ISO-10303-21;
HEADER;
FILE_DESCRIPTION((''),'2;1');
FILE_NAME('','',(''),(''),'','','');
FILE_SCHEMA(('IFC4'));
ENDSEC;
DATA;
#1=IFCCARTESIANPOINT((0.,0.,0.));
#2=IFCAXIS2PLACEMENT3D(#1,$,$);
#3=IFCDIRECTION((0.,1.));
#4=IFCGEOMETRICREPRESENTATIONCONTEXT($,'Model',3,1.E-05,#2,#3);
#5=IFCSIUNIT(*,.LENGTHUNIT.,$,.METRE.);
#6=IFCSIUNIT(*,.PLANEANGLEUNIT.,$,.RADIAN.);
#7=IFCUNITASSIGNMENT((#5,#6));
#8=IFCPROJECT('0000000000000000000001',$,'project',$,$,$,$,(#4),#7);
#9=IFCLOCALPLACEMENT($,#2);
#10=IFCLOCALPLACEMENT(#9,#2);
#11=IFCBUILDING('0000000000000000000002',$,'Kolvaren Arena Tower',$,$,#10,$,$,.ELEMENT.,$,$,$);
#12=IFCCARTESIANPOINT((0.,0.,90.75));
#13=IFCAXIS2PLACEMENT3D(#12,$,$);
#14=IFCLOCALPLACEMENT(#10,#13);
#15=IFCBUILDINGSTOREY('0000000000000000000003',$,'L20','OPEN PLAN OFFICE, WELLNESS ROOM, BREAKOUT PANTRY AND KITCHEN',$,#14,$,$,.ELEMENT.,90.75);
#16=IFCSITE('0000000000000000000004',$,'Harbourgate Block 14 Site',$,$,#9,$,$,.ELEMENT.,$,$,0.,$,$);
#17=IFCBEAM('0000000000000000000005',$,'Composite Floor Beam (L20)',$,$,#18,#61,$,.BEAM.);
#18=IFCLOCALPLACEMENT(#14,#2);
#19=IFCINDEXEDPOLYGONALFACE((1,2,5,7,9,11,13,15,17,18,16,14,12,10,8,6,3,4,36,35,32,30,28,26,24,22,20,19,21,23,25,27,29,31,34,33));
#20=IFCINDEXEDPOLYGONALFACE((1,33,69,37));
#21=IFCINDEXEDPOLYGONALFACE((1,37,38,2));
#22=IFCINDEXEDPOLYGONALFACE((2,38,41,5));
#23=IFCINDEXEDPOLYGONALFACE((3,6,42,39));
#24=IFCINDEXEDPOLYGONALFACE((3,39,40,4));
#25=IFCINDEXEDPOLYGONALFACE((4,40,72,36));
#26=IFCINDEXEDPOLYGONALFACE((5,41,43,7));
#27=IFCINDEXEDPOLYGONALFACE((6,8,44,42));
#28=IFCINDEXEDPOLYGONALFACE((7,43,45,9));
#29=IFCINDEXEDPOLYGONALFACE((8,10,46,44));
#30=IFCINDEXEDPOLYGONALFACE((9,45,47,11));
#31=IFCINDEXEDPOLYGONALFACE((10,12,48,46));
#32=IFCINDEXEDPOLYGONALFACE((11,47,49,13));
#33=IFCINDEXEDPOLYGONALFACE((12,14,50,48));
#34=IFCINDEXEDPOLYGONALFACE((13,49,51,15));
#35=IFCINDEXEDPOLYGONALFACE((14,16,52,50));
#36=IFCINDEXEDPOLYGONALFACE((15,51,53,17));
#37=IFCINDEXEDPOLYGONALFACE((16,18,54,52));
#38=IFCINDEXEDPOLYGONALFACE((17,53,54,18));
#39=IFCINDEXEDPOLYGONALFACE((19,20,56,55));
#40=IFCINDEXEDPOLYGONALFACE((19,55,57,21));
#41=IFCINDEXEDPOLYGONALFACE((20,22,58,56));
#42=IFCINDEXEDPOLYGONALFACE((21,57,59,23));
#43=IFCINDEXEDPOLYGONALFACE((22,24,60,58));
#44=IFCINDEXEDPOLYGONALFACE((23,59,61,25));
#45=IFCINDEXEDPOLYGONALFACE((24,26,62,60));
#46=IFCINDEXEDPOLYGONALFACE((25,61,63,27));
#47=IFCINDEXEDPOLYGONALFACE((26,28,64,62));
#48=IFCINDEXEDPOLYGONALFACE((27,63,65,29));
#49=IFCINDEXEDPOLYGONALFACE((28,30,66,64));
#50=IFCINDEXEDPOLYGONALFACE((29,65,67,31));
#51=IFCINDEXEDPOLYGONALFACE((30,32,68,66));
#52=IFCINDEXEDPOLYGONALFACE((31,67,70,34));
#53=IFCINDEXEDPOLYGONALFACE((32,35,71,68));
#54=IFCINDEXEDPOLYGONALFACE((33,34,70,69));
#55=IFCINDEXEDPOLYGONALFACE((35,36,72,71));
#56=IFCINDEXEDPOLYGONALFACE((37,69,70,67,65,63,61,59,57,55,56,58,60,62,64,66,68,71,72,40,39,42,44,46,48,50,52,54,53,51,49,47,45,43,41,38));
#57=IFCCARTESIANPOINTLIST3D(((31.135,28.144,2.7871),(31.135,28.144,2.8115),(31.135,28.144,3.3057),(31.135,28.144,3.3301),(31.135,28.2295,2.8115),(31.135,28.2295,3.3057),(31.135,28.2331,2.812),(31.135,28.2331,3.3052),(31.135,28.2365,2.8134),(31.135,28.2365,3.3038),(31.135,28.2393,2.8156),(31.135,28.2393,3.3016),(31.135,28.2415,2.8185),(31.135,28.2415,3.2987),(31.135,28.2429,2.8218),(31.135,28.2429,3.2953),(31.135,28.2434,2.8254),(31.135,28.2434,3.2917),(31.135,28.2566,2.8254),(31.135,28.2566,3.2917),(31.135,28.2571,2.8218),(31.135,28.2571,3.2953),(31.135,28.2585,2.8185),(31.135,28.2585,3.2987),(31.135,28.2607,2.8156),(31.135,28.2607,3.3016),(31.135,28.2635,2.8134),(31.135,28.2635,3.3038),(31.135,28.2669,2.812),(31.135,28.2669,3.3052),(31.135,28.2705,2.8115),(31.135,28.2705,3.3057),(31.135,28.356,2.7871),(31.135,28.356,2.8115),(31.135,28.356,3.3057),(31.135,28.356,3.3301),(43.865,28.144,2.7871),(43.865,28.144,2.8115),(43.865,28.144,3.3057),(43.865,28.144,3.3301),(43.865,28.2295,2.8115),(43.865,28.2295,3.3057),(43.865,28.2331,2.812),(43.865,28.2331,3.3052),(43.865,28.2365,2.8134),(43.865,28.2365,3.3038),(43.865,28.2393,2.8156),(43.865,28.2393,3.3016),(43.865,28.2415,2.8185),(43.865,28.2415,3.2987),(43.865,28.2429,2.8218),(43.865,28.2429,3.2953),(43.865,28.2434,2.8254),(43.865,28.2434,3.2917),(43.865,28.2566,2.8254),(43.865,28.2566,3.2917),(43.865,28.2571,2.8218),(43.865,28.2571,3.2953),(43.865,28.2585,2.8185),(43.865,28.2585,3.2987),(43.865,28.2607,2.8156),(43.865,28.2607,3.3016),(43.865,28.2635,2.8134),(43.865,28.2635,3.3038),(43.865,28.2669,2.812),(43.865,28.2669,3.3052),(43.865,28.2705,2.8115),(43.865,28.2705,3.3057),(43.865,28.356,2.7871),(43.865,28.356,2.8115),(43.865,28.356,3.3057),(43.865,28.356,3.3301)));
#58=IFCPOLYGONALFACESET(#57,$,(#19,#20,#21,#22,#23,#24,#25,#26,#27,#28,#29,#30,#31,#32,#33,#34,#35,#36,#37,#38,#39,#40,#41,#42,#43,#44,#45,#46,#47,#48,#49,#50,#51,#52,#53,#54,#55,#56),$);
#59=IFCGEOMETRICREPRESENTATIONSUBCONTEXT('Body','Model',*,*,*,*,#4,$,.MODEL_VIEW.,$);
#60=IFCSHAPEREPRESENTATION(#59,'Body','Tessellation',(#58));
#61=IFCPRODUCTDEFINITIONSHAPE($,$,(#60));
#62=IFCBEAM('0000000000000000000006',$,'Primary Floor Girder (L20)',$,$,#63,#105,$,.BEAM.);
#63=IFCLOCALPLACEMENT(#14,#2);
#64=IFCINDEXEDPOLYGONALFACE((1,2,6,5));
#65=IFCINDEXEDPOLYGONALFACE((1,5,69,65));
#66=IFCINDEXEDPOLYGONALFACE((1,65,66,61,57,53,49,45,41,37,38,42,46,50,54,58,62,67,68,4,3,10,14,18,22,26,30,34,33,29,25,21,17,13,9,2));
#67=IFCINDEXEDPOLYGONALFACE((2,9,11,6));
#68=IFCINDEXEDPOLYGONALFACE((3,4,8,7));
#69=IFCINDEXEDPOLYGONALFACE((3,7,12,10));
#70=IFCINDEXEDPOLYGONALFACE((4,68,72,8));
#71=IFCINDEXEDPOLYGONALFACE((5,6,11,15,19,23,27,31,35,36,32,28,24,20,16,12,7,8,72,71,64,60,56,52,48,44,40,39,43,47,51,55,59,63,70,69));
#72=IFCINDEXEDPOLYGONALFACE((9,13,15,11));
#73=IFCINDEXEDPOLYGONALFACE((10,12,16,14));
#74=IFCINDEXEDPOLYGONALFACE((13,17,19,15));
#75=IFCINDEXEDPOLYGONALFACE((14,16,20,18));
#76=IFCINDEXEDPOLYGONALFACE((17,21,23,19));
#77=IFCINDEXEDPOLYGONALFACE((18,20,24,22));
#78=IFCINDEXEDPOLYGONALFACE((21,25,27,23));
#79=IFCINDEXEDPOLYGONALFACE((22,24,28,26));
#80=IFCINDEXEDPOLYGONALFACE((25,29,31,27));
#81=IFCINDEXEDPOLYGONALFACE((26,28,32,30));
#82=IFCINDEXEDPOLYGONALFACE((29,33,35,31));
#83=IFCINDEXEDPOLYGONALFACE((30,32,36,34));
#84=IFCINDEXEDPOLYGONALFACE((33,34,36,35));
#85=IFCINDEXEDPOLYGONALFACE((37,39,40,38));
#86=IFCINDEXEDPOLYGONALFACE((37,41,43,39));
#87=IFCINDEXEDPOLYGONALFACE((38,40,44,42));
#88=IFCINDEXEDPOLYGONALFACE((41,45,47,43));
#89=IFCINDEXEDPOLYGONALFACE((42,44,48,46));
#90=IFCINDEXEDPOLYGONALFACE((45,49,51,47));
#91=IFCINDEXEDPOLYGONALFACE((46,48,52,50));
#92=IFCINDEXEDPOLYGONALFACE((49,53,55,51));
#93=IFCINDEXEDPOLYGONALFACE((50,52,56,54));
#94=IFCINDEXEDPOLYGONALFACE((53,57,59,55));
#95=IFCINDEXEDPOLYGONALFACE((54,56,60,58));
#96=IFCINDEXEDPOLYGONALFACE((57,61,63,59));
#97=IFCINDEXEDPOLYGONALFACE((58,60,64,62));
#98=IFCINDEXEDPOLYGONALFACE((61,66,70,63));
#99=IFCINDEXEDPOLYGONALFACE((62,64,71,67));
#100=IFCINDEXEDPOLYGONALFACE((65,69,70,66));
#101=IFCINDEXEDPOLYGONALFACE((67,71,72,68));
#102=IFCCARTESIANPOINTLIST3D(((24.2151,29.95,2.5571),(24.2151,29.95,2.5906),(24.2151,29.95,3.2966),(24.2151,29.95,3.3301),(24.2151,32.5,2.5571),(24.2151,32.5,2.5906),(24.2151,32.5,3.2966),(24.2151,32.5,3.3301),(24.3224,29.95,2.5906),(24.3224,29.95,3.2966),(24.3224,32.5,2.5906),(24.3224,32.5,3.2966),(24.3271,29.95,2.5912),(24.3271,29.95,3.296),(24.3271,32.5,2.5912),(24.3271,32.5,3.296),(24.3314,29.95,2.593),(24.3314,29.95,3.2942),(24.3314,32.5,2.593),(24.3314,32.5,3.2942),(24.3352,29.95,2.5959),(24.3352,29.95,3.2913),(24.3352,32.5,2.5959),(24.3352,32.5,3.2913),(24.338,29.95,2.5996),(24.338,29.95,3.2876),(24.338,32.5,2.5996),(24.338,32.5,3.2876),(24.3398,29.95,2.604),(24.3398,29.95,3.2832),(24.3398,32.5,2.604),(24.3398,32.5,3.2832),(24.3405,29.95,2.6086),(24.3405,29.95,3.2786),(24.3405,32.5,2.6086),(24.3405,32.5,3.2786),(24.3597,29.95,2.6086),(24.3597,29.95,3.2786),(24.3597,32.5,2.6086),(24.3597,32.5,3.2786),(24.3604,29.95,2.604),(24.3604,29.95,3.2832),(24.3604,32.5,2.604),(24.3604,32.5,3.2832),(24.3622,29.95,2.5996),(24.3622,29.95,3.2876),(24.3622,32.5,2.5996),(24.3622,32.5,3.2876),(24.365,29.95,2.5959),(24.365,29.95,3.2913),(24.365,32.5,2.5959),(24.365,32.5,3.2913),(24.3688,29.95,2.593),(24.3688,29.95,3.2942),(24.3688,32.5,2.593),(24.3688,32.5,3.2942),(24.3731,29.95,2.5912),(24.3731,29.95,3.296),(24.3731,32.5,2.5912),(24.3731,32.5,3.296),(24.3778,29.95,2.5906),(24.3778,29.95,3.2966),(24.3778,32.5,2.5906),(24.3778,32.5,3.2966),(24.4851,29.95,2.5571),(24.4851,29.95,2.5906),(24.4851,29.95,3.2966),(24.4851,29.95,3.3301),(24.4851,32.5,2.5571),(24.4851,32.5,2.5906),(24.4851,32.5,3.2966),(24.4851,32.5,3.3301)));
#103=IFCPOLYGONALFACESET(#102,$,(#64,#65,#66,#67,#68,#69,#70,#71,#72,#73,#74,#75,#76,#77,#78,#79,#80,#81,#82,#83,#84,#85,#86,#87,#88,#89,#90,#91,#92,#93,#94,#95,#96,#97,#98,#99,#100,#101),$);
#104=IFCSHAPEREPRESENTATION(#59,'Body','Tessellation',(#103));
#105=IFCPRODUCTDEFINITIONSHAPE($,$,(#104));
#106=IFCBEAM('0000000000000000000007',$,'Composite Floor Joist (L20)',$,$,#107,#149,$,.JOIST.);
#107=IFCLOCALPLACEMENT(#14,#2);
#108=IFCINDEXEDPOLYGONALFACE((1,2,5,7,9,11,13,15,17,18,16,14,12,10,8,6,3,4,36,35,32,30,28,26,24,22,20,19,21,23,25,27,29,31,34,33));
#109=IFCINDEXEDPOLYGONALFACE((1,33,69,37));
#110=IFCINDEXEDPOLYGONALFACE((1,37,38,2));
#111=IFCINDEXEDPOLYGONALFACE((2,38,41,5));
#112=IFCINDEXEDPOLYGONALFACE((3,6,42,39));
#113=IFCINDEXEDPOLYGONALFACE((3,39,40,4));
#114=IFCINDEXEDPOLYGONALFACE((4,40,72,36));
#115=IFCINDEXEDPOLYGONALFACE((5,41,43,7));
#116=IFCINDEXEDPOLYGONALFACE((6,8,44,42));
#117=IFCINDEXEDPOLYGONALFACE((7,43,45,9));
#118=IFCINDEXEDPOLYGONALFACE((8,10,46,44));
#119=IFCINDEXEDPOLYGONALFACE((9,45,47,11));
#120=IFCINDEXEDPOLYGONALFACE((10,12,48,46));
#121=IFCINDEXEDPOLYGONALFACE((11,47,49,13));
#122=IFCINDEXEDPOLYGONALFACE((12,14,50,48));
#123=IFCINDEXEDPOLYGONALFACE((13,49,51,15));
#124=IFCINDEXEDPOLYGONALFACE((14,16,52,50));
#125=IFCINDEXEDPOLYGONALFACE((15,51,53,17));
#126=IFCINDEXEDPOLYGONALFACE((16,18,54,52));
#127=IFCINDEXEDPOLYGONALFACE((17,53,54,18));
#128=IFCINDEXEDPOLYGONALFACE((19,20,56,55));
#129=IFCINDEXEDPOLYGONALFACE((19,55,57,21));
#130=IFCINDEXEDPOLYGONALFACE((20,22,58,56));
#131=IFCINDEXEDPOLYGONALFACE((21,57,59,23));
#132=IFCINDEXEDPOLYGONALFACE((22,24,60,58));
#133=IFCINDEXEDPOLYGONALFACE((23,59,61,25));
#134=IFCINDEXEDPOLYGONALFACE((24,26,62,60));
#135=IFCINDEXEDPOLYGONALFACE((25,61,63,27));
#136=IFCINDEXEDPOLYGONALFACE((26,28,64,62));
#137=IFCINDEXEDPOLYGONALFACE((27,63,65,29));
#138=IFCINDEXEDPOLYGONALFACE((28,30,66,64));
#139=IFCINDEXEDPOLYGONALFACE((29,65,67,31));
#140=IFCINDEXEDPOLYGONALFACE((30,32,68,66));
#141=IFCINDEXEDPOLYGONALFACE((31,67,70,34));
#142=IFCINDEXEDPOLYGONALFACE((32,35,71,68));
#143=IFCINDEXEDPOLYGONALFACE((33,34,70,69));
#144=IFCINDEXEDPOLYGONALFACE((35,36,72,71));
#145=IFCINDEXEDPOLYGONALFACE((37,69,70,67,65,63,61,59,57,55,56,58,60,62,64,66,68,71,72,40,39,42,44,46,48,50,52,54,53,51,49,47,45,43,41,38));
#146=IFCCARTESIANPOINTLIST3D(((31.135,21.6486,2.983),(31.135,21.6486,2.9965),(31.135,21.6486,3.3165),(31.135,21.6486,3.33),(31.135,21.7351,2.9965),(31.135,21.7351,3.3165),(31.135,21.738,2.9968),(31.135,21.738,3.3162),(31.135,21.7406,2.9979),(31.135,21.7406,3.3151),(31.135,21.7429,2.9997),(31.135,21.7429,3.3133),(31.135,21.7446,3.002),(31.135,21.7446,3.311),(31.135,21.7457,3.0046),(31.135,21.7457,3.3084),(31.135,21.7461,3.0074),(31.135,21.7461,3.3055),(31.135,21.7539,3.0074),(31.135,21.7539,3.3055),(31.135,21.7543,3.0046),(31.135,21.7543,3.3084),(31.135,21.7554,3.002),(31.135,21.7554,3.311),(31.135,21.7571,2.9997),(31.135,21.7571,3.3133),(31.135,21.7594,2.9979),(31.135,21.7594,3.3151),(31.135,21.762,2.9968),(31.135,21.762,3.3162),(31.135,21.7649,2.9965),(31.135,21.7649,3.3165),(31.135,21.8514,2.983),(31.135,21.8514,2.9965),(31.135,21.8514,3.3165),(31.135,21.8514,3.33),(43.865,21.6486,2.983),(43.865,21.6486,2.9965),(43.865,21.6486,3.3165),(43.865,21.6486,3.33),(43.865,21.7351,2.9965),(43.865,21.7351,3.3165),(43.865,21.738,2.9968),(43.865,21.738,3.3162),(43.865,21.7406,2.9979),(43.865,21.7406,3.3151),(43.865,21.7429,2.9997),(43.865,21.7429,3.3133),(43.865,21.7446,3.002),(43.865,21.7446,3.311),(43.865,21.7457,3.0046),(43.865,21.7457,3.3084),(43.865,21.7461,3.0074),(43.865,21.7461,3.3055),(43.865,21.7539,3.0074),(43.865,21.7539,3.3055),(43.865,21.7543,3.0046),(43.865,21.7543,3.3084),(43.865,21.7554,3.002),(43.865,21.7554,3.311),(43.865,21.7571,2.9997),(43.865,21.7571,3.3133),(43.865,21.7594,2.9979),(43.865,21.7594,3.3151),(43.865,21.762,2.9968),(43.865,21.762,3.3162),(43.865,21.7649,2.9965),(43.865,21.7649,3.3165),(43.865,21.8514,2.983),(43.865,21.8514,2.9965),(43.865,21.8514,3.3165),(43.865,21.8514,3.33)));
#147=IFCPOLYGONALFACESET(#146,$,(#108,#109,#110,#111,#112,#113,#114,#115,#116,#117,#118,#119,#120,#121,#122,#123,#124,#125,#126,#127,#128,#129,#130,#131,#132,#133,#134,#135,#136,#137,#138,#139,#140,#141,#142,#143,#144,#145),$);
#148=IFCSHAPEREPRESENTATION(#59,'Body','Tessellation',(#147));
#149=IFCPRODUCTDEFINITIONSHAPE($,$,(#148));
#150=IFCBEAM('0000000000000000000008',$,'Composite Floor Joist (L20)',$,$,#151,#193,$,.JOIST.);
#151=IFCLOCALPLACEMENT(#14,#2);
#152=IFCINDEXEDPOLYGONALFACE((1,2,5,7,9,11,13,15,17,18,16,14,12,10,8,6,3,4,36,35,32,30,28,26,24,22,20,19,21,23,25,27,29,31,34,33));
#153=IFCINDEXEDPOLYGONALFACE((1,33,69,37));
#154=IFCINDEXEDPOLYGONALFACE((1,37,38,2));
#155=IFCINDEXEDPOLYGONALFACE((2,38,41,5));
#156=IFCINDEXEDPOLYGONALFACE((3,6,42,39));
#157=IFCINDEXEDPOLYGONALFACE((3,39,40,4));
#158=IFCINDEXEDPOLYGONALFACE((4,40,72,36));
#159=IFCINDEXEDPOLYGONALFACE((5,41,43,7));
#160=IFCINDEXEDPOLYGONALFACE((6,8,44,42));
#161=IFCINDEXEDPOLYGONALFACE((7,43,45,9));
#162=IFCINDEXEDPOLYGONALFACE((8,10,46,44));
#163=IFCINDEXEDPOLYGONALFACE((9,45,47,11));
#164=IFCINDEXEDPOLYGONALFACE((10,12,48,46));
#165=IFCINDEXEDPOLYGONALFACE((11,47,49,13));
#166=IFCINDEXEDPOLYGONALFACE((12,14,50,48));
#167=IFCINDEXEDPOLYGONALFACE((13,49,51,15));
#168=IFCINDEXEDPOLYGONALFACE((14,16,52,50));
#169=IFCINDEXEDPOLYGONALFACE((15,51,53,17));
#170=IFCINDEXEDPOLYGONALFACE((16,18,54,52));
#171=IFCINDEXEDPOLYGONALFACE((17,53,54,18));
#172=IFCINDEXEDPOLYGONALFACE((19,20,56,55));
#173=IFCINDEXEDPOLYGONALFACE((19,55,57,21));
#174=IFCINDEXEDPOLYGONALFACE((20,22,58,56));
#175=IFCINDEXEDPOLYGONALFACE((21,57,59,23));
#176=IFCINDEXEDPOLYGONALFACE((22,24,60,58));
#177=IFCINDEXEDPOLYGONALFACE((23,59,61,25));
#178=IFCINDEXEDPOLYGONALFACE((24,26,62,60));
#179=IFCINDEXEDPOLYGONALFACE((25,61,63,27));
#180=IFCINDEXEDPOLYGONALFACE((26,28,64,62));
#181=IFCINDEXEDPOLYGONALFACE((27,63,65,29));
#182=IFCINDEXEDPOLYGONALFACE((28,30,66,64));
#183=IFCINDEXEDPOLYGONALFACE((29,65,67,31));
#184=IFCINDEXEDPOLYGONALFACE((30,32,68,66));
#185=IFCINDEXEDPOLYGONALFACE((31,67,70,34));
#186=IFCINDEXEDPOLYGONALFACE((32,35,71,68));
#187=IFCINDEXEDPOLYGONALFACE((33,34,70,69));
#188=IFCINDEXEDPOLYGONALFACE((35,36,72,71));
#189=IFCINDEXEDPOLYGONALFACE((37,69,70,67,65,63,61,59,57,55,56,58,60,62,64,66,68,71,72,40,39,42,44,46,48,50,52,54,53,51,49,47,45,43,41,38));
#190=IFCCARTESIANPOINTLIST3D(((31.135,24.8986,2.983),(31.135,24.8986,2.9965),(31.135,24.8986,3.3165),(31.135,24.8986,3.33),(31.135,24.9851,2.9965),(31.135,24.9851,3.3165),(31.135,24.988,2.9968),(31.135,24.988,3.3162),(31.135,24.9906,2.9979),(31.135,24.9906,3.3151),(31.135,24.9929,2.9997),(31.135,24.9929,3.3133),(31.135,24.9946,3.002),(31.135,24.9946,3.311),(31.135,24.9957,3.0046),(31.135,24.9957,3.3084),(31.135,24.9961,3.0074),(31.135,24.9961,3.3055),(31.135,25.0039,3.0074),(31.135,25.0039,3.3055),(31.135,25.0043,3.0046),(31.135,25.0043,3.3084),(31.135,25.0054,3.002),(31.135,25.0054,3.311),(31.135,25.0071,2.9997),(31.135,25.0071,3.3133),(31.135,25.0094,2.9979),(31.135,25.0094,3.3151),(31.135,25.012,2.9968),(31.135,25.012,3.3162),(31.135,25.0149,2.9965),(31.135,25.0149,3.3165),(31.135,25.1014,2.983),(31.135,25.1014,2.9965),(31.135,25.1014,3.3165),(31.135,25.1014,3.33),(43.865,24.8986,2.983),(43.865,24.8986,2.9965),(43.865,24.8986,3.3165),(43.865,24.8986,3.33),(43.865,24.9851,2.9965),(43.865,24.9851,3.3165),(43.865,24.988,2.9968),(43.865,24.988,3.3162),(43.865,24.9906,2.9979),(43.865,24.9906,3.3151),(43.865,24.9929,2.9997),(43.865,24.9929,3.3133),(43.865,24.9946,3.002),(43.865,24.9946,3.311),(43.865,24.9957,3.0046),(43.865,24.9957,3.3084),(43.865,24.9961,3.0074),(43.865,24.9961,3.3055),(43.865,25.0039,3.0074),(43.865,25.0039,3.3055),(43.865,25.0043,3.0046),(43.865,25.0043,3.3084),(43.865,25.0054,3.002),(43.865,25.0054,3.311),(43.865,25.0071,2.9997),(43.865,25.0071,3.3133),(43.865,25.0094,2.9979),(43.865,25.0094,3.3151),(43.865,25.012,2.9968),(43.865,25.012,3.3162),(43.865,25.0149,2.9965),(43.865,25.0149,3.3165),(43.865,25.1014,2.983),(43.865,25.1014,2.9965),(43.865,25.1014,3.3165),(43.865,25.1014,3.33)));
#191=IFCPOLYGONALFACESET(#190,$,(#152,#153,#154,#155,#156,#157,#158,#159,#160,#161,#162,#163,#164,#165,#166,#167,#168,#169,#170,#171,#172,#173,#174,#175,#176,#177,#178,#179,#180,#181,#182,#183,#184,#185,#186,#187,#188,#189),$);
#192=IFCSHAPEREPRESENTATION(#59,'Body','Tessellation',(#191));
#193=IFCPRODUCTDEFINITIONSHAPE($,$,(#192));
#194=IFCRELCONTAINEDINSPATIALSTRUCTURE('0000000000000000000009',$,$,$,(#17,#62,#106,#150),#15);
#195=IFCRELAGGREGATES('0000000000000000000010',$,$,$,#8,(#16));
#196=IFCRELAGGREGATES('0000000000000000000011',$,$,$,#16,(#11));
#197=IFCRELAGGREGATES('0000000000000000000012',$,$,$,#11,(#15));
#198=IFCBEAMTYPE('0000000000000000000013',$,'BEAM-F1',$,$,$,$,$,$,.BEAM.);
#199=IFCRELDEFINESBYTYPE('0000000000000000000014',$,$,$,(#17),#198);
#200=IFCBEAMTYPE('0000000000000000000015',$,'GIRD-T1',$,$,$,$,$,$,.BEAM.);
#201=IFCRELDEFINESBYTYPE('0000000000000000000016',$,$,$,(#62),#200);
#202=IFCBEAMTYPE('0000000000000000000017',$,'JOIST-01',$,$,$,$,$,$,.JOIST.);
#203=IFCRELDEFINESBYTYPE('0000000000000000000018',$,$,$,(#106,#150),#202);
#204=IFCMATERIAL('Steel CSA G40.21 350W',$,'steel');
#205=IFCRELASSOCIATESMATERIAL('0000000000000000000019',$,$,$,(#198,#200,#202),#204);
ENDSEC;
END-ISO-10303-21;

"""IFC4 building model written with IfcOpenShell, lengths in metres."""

from ifc_helpers import new_model, si_unit, direction, frame, origin, origin_2d, place, context, subcontext, project, spatial, i_section, extrude, material, material_profile, profile_set, type_object, element, save


model = new_model("IFC4")

# Units and contexts
model_context = context("Model", 3, precision=1e-05, world=origin(), true_north=direction((0.0, 1.0)))
body_context = subcontext(model_context, "Body", "Model", "MODEL_VIEW")
ifc_project = project(units=[si_unit("LENGTHUNIT", "METRE"), si_unit("PLANEANGLEUNIT", "RADIAN")], contexts=[model_context])

# Site, building, storey
site_placement = place(None, origin())
site = spatial("IfcSite", under=ifc_project, at=site_placement, Name="Harbourgate Block 14 Site", CompositionType="ELEMENT", RefElevation=0.0)
building_placement = place(site_placement, origin())
building = spatial("IfcBuilding", under=site, at=building_placement, Name="Kolvaren Arena Tower", CompositionType="ELEMENT")
storey_placement = place(building_placement, frame((0.0, 0.0, 90.75)))
storey = spatial("IfcBuildingStorey", under=building, at=storey_placement, Name="L20", Description="OPEN PLAN OFFICE, WELLNESS ROOM, BREAKOUT PANTRY AND KITCHEN", CompositionType="ELEMENT", Elevation=90.75)

# Beams
ifc_material_1 = material(Name="Steel CSA G40.21 350W", Category="steel")
ifc_material_profile_1 = material_profile(ifc_material_1, i_section(OverallWidth=0.2119, OverallDepth=0.543, WebThickness=0.0132, FlangeThickness=0.0244, FilletRadius=0.0139, at=origin_2d()), Name="W530x150")
ifc_profile_set_1 = profile_set([ifc_material_profile_1], Name="Steel CSA G40.21 350W")
beam_type_1 = type_object("IfcBeamType", Name="BEAM-F1", PredefinedType="BEAM", material=ifc_profile_set_1)
beam_1_placement = place(storey_placement, frame((31.135, 28.25, 3.0586), z_axis=(1.0, 0.0, 0.0), x_axis=(0.0, 1.0, 0.0)))
element("IfcBeam", 1, at=beam_1_placement, inside=storey, type_object=beam_type_1, Name="Composite Floor Beam (L20)", PredefinedType="BEAM", context=body_context, shape_type="SweptSolid", body=[
    extrude(i_section(OverallWidth=0.2119, OverallDepth=0.543, WebThickness=0.0132, FlangeThickness=0.0244, FilletRadius=0.0139, at=origin_2d()), origin(), (0.0, 0.0, 1.0), 12.73),
])
ifc_material_profile_2 = material_profile(ifc_material_1, i_section(OverallWidth=0.27, OverallDepth=0.7729, WebThickness=0.0193, FlangeThickness=0.0334, FilletRadius=0.0181, at=origin_2d()), Name="W760x257")
ifc_profile_set_2 = profile_set([ifc_material_profile_2], Name="Steel CSA G40.21 350W")
beam_type_2 = type_object("IfcBeamType", Name="GIRD-T1", PredefinedType="BEAM", material=ifc_profile_set_2)
beam_2_placement = place(storey_placement, frame((24.3501, 29.95, 2.9436), z_axis=(0.0, 1.0, 0.0), x_axis=(-1.0, 0.0, 0.0)))
element("IfcBeam", 2, at=beam_2_placement, inside=storey, type_object=beam_type_2, Name="Primary Floor Girder (L20)", PredefinedType="BEAM", context=body_context, shape_type="SweptSolid", body=[
    extrude(i_section(OverallWidth=0.27, OverallDepth=0.7729, WebThickness=0.0193, FlangeThickness=0.0334, FilletRadius=0.0181, at=origin_2d()), origin(), (0.0, 0.0, 1.0), 2.55),
])
ifc_material_profile_3 = material_profile(ifc_material_1, i_section(OverallWidth=0.2029, OverallDepth=0.3469, WebThickness=0.0078, FlangeThickness=0.0134, FilletRadius=0.011, at=origin_2d()), Name="W360x64")
ifc_profile_set_3 = profile_set([ifc_material_profile_3], Name="Steel CSA G40.21 350W")
beam_type_3 = type_object("IfcBeamType", Name="JOIST-01", PredefinedType="JOIST", material=ifc_profile_set_3)
for number, where, z_axis, x_axis, name in (
    (3, (31.135, 21.75, 3.1565), (1.0, 0.0, 0.0), (0.0, 1.0, 0.0), "Composite Floor Joist (L20)"),
    (4, (31.135, 25.0, 3.1565), (1.0, 0.0, 0.0), (0.0, 1.0, 0.0), "Composite Floor Joist (L20)"),
):
    element("IfcBeam", number, at=place(storey_placement, frame(where, z_axis=z_axis, x_axis=x_axis)), inside=storey, type_object=beam_type_3, Name=name, PredefinedType="JOIST", context=body_context, shape_type="SweptSolid", body=[
        extrude(i_section(OverallWidth=0.2029, OverallDepth=0.3469, WebThickness=0.0078, FlangeThickness=0.0134, FilletRadius=0.011, at=origin_2d()), origin(), (0.0, 0.0, 1.0), 12.73),
    ])

save(model, "model.ifc")
